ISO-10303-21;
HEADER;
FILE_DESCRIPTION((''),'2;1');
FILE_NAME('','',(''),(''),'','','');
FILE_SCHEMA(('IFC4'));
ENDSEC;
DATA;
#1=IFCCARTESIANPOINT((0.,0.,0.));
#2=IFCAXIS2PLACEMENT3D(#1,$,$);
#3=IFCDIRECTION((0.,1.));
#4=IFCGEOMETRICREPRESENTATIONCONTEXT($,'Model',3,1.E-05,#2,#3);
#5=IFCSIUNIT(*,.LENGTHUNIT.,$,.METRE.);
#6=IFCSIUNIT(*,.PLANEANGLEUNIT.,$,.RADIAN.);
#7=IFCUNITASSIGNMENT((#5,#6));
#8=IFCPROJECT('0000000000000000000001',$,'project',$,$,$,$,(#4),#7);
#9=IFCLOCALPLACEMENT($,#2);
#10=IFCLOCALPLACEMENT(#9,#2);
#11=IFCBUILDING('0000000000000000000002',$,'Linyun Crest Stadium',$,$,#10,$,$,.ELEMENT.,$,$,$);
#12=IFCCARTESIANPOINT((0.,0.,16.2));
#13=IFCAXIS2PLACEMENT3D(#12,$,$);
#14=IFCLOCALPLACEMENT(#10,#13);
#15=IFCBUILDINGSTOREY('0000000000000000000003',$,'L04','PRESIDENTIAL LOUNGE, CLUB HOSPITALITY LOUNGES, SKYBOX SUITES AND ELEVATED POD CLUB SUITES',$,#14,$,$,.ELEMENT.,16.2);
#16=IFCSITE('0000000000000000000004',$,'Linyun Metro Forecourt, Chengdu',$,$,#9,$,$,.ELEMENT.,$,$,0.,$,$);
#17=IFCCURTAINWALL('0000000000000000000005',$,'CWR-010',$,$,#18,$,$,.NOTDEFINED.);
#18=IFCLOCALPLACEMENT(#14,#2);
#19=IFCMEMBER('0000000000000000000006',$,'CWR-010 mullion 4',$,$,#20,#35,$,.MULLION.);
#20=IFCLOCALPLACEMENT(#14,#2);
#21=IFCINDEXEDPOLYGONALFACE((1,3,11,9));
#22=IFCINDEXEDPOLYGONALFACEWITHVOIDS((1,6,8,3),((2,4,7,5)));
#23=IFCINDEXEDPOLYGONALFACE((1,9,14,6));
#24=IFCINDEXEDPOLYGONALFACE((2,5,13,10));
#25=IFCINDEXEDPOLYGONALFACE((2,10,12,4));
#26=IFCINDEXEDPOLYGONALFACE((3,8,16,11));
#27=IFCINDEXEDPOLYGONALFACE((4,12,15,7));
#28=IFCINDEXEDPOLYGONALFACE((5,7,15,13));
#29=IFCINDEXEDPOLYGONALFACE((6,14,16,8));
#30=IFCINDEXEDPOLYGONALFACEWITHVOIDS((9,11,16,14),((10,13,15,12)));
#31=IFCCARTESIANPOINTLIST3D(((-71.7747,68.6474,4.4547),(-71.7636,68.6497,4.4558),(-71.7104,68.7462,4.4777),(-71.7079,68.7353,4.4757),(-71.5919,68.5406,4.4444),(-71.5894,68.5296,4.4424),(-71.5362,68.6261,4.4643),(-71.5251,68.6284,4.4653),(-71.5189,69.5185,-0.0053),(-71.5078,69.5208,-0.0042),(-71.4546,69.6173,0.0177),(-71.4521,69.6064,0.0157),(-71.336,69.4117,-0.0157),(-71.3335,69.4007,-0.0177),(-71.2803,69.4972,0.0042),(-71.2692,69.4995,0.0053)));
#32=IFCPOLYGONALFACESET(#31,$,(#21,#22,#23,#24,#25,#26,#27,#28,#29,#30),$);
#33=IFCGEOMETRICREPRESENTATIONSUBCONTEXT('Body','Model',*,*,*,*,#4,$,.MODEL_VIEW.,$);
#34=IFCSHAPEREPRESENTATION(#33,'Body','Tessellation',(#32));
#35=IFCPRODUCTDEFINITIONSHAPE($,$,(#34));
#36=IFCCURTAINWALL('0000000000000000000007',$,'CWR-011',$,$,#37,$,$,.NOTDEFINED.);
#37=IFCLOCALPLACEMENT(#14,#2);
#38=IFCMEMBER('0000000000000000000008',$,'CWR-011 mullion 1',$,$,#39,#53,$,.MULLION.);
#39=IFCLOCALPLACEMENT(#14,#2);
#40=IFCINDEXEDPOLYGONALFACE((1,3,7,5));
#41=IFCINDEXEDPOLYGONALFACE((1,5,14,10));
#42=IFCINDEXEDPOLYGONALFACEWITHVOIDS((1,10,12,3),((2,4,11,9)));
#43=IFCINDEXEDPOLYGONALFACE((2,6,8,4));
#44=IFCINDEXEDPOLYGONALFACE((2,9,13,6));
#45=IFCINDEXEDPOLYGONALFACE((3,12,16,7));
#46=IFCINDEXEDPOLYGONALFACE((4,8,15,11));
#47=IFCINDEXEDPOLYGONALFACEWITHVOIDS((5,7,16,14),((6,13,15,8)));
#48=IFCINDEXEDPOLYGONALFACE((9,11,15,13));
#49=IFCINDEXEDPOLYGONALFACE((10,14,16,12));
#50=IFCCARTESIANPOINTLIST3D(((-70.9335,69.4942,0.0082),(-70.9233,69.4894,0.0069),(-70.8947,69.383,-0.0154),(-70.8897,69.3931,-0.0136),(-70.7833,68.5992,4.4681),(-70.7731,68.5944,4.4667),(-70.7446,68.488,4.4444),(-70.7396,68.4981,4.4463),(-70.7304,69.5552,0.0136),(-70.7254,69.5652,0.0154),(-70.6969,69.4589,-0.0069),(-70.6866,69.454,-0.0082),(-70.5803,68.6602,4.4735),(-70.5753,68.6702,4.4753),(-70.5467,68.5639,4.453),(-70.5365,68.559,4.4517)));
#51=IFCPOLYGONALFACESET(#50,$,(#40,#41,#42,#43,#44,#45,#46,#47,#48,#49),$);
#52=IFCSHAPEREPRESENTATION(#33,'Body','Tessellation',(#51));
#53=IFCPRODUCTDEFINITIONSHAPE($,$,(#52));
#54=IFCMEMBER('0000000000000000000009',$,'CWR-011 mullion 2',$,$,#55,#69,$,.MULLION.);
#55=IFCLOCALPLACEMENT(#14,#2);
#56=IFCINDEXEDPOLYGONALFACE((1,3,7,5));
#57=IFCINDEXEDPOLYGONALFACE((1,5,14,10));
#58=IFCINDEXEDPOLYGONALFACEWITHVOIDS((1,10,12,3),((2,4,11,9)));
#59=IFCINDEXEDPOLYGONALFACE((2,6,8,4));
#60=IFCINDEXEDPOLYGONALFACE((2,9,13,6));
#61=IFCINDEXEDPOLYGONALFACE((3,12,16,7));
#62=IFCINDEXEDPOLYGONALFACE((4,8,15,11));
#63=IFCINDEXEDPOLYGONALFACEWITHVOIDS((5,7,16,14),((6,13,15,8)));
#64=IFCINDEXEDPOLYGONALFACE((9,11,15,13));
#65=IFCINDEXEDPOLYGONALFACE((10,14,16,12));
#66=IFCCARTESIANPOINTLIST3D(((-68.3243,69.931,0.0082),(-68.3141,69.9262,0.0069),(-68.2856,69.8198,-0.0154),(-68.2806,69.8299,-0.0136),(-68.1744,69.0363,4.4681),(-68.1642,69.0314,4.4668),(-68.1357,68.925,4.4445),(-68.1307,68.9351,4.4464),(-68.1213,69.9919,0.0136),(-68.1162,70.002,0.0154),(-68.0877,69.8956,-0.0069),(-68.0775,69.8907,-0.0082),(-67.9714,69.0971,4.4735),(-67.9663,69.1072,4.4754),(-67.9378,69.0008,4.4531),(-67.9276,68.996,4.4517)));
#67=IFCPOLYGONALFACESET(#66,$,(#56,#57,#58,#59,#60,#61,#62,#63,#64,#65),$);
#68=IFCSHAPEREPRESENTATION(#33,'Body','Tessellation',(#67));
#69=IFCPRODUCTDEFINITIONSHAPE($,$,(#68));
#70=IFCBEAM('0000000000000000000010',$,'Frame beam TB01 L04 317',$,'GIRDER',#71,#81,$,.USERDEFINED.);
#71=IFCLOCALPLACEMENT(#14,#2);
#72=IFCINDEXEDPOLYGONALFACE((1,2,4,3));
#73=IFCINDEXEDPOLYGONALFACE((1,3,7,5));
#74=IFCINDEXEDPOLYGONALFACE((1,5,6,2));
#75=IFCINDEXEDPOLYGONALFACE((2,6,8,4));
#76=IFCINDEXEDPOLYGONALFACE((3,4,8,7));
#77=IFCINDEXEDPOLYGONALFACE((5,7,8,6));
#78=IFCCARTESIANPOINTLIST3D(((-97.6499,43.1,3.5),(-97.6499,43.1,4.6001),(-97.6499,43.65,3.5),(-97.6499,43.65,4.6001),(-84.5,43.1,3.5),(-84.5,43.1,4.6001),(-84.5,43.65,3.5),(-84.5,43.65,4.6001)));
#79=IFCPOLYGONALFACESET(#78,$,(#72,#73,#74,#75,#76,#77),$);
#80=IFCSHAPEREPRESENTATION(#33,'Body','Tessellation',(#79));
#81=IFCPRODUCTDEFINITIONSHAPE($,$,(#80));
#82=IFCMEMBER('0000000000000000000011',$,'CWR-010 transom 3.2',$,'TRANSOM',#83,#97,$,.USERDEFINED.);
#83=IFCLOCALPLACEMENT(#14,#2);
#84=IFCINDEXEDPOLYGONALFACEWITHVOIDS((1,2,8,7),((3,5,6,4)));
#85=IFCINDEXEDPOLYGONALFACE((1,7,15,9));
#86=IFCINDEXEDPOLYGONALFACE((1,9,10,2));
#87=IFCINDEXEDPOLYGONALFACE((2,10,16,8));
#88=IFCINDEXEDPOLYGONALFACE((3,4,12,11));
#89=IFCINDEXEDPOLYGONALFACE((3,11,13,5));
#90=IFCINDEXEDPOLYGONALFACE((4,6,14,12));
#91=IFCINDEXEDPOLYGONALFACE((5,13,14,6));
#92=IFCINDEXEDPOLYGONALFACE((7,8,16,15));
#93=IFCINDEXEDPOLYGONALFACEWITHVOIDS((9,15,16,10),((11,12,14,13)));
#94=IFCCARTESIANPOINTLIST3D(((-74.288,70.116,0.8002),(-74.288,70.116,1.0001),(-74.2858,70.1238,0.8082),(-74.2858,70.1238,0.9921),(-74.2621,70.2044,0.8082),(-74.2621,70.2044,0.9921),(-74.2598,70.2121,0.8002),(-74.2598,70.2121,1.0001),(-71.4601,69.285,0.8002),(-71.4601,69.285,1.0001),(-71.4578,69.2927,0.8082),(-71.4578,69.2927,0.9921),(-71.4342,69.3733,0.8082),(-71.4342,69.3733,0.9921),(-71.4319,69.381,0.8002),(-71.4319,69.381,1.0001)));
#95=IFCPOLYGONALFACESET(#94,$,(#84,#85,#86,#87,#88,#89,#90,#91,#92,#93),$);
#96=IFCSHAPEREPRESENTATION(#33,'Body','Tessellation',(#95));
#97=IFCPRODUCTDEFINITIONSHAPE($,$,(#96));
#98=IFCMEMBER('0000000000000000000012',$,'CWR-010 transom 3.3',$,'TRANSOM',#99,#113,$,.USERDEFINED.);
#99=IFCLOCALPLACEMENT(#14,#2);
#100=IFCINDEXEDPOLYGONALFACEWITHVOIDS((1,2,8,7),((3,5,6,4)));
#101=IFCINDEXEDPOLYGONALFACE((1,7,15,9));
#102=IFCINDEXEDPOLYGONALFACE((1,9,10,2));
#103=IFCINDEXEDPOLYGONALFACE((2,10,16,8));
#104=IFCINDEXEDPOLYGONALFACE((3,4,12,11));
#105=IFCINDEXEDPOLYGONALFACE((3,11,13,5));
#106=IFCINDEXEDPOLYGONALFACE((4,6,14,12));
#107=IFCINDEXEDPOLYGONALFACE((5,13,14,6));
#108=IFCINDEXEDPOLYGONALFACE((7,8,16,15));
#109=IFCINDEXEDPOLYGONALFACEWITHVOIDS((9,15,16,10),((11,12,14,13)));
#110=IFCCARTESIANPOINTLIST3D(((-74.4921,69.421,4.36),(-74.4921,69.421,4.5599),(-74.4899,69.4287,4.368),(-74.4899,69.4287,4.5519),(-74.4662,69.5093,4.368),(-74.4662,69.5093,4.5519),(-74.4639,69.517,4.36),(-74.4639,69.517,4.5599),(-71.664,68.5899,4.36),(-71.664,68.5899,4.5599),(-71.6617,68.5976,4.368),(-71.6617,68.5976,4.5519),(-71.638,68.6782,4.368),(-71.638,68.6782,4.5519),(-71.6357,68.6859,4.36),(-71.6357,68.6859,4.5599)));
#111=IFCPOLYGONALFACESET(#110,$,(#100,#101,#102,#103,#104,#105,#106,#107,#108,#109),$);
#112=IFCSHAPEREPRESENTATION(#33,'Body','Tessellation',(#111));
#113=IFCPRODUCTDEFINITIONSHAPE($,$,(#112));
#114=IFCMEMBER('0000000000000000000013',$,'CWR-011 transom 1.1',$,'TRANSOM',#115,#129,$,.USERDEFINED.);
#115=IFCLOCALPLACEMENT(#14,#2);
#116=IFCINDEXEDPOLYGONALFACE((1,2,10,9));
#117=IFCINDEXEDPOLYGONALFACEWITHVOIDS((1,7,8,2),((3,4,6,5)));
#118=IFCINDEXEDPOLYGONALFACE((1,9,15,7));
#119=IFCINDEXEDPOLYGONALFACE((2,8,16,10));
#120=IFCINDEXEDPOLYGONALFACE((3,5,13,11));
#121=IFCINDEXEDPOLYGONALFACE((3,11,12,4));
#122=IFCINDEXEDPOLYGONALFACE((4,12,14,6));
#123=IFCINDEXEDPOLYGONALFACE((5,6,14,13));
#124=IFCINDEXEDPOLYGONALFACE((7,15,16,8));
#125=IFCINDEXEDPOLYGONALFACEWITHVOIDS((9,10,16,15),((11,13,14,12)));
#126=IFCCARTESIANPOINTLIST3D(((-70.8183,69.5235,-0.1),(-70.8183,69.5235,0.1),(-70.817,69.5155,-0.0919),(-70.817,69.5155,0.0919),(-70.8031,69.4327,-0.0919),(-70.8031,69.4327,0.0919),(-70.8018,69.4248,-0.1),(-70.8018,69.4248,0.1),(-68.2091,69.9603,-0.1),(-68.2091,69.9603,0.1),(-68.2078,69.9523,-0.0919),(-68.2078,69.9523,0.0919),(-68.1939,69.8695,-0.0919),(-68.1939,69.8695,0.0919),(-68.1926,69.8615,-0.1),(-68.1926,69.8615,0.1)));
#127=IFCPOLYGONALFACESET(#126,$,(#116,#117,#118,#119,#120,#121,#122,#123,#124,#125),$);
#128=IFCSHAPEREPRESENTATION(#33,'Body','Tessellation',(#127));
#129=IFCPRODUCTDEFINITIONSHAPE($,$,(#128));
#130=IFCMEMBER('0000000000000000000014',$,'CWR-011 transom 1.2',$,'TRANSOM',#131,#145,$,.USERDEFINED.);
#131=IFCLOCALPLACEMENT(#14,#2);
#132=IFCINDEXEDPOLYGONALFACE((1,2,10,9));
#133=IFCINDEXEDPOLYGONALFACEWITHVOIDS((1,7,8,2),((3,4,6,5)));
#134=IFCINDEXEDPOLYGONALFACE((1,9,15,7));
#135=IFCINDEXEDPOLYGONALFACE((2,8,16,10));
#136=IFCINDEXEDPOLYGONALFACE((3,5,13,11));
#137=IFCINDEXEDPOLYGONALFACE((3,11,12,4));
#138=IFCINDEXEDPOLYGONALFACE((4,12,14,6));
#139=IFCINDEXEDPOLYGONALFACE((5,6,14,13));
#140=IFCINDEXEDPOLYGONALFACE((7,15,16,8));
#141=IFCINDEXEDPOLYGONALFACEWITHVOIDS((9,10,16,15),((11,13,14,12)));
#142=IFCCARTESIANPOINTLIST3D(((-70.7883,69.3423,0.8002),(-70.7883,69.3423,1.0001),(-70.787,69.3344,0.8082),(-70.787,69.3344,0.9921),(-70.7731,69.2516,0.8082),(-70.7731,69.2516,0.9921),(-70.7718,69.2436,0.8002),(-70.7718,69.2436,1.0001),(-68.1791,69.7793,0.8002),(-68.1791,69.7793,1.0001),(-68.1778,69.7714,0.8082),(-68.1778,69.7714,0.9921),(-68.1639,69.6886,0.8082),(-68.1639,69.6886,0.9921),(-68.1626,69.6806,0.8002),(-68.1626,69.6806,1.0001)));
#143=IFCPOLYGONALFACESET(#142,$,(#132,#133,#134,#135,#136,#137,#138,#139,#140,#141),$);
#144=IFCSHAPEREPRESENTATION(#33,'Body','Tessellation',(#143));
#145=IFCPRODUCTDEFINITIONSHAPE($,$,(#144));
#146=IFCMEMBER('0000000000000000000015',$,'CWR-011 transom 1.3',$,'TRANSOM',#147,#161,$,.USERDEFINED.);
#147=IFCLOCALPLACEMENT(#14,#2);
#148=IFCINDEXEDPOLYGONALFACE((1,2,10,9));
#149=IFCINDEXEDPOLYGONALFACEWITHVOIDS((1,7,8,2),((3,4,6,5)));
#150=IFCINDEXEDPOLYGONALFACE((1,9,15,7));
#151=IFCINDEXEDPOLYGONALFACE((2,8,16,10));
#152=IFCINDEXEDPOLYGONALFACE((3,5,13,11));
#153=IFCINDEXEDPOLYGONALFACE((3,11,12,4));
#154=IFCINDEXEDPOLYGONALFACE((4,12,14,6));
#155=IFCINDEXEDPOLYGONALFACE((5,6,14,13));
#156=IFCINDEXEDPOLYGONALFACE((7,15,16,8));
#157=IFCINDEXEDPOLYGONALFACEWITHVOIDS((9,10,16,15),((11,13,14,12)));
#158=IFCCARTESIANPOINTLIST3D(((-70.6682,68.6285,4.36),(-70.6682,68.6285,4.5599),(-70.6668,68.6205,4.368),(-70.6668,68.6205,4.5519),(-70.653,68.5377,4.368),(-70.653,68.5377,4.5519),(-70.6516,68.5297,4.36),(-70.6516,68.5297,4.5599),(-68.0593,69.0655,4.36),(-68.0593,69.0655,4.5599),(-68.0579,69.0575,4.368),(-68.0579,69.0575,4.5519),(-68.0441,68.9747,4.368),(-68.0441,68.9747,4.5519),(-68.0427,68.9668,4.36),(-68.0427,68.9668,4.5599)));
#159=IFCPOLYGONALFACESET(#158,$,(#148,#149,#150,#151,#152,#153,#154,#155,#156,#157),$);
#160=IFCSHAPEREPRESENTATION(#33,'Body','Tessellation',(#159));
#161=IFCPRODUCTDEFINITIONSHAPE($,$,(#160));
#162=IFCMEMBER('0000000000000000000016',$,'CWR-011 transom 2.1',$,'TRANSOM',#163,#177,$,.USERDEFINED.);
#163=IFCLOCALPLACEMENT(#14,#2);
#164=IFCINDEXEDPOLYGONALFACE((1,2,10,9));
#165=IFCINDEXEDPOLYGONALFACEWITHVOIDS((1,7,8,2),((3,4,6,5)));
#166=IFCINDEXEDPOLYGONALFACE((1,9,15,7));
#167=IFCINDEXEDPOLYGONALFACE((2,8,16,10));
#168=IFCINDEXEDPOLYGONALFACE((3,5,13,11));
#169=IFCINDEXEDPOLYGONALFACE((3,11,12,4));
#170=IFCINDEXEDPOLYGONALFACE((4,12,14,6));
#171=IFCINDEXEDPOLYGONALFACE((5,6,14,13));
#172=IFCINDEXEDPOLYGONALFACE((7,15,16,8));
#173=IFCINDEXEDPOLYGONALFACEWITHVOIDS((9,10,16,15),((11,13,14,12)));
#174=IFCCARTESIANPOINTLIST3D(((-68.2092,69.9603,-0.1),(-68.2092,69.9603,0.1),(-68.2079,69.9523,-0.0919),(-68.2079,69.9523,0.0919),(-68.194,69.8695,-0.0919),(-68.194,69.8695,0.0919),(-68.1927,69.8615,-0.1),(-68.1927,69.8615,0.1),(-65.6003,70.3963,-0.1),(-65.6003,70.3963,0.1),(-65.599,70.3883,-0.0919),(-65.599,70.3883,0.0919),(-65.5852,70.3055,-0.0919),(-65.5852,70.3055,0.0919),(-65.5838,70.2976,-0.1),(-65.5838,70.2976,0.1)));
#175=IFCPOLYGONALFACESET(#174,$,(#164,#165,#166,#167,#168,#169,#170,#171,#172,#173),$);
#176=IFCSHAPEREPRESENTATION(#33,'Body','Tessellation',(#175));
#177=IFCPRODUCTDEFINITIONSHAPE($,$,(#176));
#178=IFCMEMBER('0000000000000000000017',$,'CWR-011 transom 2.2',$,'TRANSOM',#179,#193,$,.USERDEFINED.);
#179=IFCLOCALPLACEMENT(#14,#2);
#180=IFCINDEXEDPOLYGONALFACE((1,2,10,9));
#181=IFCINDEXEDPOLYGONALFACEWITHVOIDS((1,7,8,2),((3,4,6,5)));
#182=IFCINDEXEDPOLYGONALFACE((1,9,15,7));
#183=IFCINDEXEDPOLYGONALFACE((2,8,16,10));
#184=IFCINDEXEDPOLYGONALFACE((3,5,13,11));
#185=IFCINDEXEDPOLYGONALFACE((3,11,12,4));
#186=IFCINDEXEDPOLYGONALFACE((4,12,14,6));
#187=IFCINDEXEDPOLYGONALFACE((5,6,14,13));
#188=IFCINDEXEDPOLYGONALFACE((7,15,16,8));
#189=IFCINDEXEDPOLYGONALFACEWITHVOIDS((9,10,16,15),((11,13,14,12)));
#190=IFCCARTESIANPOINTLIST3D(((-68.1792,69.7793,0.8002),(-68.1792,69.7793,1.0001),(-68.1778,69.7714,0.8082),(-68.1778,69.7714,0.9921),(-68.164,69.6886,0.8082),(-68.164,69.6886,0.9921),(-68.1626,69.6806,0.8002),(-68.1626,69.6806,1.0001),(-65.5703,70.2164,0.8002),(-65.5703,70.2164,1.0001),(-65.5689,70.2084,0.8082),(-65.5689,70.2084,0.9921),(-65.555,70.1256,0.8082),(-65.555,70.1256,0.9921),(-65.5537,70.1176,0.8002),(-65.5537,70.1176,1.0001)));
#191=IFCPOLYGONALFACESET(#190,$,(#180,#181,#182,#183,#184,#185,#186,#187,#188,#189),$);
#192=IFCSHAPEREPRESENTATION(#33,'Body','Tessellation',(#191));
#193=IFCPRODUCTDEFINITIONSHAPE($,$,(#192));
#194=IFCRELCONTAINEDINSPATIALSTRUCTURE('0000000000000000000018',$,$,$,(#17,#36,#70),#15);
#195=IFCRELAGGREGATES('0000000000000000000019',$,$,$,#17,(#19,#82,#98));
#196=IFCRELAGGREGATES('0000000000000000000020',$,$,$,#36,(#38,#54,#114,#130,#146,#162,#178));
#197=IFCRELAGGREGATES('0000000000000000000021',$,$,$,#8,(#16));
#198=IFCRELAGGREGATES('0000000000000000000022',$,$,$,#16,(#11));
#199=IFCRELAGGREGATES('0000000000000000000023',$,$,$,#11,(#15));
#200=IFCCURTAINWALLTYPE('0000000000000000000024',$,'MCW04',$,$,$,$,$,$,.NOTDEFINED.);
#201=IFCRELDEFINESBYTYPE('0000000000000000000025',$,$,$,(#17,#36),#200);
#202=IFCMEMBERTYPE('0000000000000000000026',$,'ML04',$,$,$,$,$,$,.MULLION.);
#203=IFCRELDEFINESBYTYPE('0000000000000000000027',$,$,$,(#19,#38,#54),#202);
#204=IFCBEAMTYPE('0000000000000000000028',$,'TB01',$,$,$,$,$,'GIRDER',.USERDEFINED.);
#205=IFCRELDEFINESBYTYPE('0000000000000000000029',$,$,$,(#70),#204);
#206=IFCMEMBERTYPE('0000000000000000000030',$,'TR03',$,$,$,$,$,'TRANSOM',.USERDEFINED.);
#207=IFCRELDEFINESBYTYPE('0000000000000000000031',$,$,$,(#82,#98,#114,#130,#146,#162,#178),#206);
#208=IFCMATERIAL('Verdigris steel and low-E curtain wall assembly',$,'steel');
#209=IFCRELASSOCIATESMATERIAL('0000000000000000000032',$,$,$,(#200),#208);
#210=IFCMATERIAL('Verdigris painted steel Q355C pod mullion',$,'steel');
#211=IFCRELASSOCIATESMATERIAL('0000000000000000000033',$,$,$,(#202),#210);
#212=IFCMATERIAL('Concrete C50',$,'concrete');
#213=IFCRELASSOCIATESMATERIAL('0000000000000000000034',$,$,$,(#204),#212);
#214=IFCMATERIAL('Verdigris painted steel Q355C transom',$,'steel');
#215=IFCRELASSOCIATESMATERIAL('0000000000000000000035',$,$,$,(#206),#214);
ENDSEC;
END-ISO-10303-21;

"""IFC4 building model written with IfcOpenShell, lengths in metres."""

from ifc_helpers import new_model, si_unit, direction, frame, origin, origin_2d, place, context, subcontext, project, spatial, rectangle, hollow_rectangle, extrude, material, material_profile, profile_set, type_object, element, aggregate, save


model = new_model("IFC4")

# Units and contexts
model_context = context("Model", 3, precision=1e-05, world=origin(), true_north=direction((0.0, 1.0)))
body_context = subcontext(model_context, "Body", "Model", "MODEL_VIEW")
ifc_project = project(units=[si_unit("LENGTHUNIT", "METRE"), si_unit("PLANEANGLEUNIT", "RADIAN")], contexts=[model_context])

# Site, building, storey
site_placement = place(None, origin())
site = spatial("IfcSite", under=ifc_project, at=site_placement, Name="Linyun Metro Forecourt, Chengdu", CompositionType="ELEMENT", RefElevation=0.0)
building_placement = place(site_placement, origin())
building = spatial("IfcBuilding", under=site, at=building_placement, Name="Linyun Crest Stadium", CompositionType="ELEMENT")
storey_placement = place(building_placement, frame((0.0, 0.0, 16.2)))
storey = spatial("IfcBuildingStorey", under=building, at=storey_placement, Name="L04", Description="PRESIDENTIAL LOUNGE, CLUB HOSPITALITY LOUNGES, SKYBOX SUITES AND ELEVATED POD CLUB SUITES", CompositionType="ELEMENT", Elevation=16.2)

# Curtain wall, member
ifc_material_1 = material(Name="Verdigris steel and low-E curtain wall assembly", Category="steel")
curtain_wall_type = type_object("IfcCurtainWallType", Name="MCW04", PredefinedType="NOTDEFINED", material=ifc_material_1)
curtain_wall_1_placement = place(storey_placement, origin())
curtain_wall_1 = element("IfcCurtainWall", 1, at=curtain_wall_1_placement, inside=storey, type_object=curtain_wall_type, Name="CWR-010", PredefinedType="NOTDEFINED")
ifc_material_2 = material(Name="Verdigris painted steel Q355C pod mullion", Category="steel")
ifc_material_profile_1 = material_profile(ifc_material_2, hollow_rectangle(XDim=0.1201, YDim=0.22, WallThickness=0.0081, at=origin_2d()), Name="RHS 220x120x8")
ifc_profile_set_1 = profile_set([ifc_material_profile_1], Name="Verdigris painted steel Q355C pod mullion")
member_type_1 = type_object("IfcMemberType", Name="ML04", PredefinedType="MULLION", material=ifc_profile_set_1)
member_1_placement = place(storey_placement, frame((-71.394, 69.509, 0.0), z_axis=(-0.056215, -0.191389, 0.979903), x_axis=(0.535521, 0.822552, 0.191378)))
member_1 = element("IfcMember", 2, at=member_1_placement, type_object=member_type_1, Name="CWR-010 mullion 4", PredefinedType="MULLION", context=body_context, shape_type="SweptSolid", body=[
    extrude(hollow_rectangle(XDim=0.1201, YDim=0.22, WallThickness=0.0081, at=origin_2d()), origin(), (0.0, 0.0, 1.0), 4.5515),
])

# Curtain wall, members
curtain_wall_2_placement = place(storey_placement, origin())
curtain_wall_2 = element("IfcCurtainWall", 3, at=curtain_wall_2_placement, inside=storey, type_object=curtain_wall_type, Name="CWR-011", PredefinedType="NOTDEFINED")
member_2_placement = place(storey_placement, frame((-70.8101, 69.4741, 0.0), z_axis=(0.032989, -0.196649, 0.979919), x_axis=(-0.322673, 0.925854, 0.196662)))
member_2 = element("IfcMember", 4, at=member_2_placement, type_object=member_type_1, Name="CWR-011 mullion 1", PredefinedType="MULLION", context=body_context, shape_type="SweptSolid", body=[
    extrude(hollow_rectangle(XDim=0.1201, YDim=0.22, WallThickness=0.0081, at=origin_2d()), origin(), (0.0, 0.0, 1.0), 4.5513),
])
member_3_placement = place(storey_placement, frame((-68.2009, 69.9109, 0.0), z_axis=(0.032936, -0.196598, 0.979931), x_axis=(-0.322471, 0.925937, 0.196604)))
member_3 = element("IfcMember", 5, at=member_3_placement, type_object=member_type_1, Name="CWR-011 mullion 2", PredefinedType="MULLION", context=body_context, shape_type="SweptSolid", body=[
    extrude(hollow_rectangle(XDim=0.1201, YDim=0.22, WallThickness=0.0081, at=origin_2d()), origin(), (0.0, 0.0, 1.0), 4.5513),
])

# Beam
ifc_material_3 = material(Name="Concrete C50", Category="concrete")
ifc_material_profile_2 = material_profile(ifc_material_3, rectangle(XDim=0.55, YDim=1.1001, at=origin_2d()), Name="RCB 1100x550")
ifc_profile_set_2 = profile_set([ifc_material_profile_2], Name="Concrete C50")
beam_type_1 = type_object("IfcBeamType", Name="TB01", ElementType="GIRDER", PredefinedType="USERDEFINED", material=ifc_profile_set_2)
beam_1_placement = place(storey_placement, frame((-97.6499, 43.375, 4.05), z_axis=(1.0, 0.0, 0.0), x_axis=(0.0, 1.0, 0.0)))
element("IfcBeam", 6, at=beam_1_placement, inside=storey, type_object=beam_type_1, Name="Frame beam TB01 L04 317", ObjectType="GIRDER", PredefinedType="USERDEFINED", context=body_context, shape_type="SweptSolid", body=[
    extrude(rectangle(XDim=0.55, YDim=1.1001, at=origin_2d()), origin(), (0.0, 0.0, 1.0), 13.1499),
])

# Members
ifc_material_4 = material(Name="Verdigris painted steel Q355C transom", Category="steel")
ifc_material_profile_3 = material_profile(ifc_material_4, hollow_rectangle(XDim=0.1001, YDim=0.2, WallThickness=0.0081, at=origin_2d()), Name="RHS 200x100x8")
ifc_profile_set_3 = profile_set([ifc_material_profile_3], Name="Verdigris painted steel Q355C transom")
member_type_2 = type_object("IfcMemberType", Name="TR03", ElementType="TRANSOM", PredefinedType="USERDEFINED", material=ifc_profile_set_3)
member_4_placement = place(storey_placement, frame((-74.2739, 70.1641, 0.9001), z_axis=(0.959427, -0.281956, 0.0), x_axis=(0.281956, 0.959427, 0.0)))
member_4 = element("IfcMember", 7, at=member_4_placement, type_object=member_type_2, Name="CWR-010 transom 3.2", ObjectType="TRANSOM", PredefinedType="USERDEFINED", context=body_context, shape_type="SweptSolid", body=[
    extrude(hollow_rectangle(XDim=0.1001, YDim=0.2, WallThickness=0.0081, at=origin_2d()), origin(), (0.0, 0.0, 1.0), 2.9475),
])
member_5_placement = place(storey_placement, frame((-74.478, 69.469, 4.46), z_axis=(0.959434, -0.281933, 0.0), x_axis=(0.281933, 0.959434, 0.0)))
member_5 = element("IfcMember", 8, at=member_5_placement, type_object=member_type_2, Name="CWR-010 transom 3.3", ObjectType="TRANSOM", PredefinedType="USERDEFINED", context=body_context, shape_type="SweptSolid", body=[
    extrude(hollow_rectangle(XDim=0.1001, YDim=0.2, WallThickness=0.0081, at=origin_2d()), origin(), (0.0, 0.0, 1.0), 2.9478),
])
member_6_placement = place(storey_placement, frame((-70.8101, 69.4741, 0.0), z_axis=(0.986276, 0.165102, 0.0), x_axis=(-0.165102, 0.986276, 0.0)))
member_6 = element("IfcMember", 9, at=member_6_placement, type_object=member_type_2, Name="CWR-011 transom 1.1", ObjectType="TRANSOM", PredefinedType="USERDEFINED", context=body_context, shape_type="SweptSolid", body=[
    extrude(hollow_rectangle(XDim=0.1001, YDim=0.2, WallThickness=0.0081, at=origin_2d()), origin(), (0.0, 0.0, 1.0), 2.6455),
])
member_7_placement = place(storey_placement, frame((-70.78, 69.293, 0.9001), z_axis=(0.986261, 0.165192, 0.0), x_axis=(-0.165192, 0.986261, 0.0)))
member_7 = element("IfcMember", 10, at=member_7_placement, type_object=member_type_2, Name="CWR-011 transom 1.2", ObjectType="TRANSOM", PredefinedType="USERDEFINED", context=body_context, shape_type="SweptSolid", body=[
    extrude(hollow_rectangle(XDim=0.1001, YDim=0.2, WallThickness=0.0081, at=origin_2d()), origin(), (0.0, 0.0, 1.0), 2.6455),
])
member_8_placement = place(storey_placement, frame((-70.6599, 68.5791, 4.46), z_axis=(0.986259, 0.165207, 0.0), x_axis=(-0.165207, 0.986259, 0.0)))
member_8 = element("IfcMember", 11, at=member_8_placement, type_object=member_type_2, Name="CWR-011 transom 1.3", ObjectType="TRANSOM", PredefinedType="USERDEFINED", context=body_context, shape_type="SweptSolid", body=[
    extrude(hollow_rectangle(XDim=0.1001, YDim=0.2, WallThickness=0.0081, at=origin_2d()), origin(), (0.0, 0.0, 1.0), 2.6453),
])
member_9_placement = place(storey_placement, frame((-68.2009, 69.9109, 0.0), z_axis=(0.986319, 0.164848, 0.0), x_axis=(-0.164848, 0.986319, 0.0)))
member_9 = element("IfcMember", 12, at=member_9_placement, type_object=member_type_2, Name="CWR-011 transom 2.1", ObjectType="TRANSOM", PredefinedType="USERDEFINED", context=body_context, shape_type="SweptSolid", body=[
    extrude(hollow_rectangle(XDim=0.1001, YDim=0.2, WallThickness=0.0081, at=origin_2d()), origin(), (0.0, 0.0, 1.0), 2.645),
])
member_10_placement = place(storey_placement, frame((-68.1709, 69.73, 0.9001), z_axis=(0.986259, 0.165207, 0.0), x_axis=(-0.165207, 0.986259, 0.0)))
member_10 = element("IfcMember", 13, at=member_10_placement, type_object=member_type_2, Name="CWR-011 transom 2.2", ObjectType="TRANSOM", PredefinedType="USERDEFINED", context=body_context, shape_type="SweptSolid", body=[
    extrude(hollow_rectangle(XDim=0.1001, YDim=0.2, WallThickness=0.0081, at=origin_2d()), origin(), (0.0, 0.0, 1.0), 2.6453),
])

aggregate(curtain_wall_1, [member_1, member_4, member_5])
aggregate(curtain_wall_2, [member_2, member_3, member_6, member_7, member_8, member_9, member_10])

save(model, "model.ifc")
